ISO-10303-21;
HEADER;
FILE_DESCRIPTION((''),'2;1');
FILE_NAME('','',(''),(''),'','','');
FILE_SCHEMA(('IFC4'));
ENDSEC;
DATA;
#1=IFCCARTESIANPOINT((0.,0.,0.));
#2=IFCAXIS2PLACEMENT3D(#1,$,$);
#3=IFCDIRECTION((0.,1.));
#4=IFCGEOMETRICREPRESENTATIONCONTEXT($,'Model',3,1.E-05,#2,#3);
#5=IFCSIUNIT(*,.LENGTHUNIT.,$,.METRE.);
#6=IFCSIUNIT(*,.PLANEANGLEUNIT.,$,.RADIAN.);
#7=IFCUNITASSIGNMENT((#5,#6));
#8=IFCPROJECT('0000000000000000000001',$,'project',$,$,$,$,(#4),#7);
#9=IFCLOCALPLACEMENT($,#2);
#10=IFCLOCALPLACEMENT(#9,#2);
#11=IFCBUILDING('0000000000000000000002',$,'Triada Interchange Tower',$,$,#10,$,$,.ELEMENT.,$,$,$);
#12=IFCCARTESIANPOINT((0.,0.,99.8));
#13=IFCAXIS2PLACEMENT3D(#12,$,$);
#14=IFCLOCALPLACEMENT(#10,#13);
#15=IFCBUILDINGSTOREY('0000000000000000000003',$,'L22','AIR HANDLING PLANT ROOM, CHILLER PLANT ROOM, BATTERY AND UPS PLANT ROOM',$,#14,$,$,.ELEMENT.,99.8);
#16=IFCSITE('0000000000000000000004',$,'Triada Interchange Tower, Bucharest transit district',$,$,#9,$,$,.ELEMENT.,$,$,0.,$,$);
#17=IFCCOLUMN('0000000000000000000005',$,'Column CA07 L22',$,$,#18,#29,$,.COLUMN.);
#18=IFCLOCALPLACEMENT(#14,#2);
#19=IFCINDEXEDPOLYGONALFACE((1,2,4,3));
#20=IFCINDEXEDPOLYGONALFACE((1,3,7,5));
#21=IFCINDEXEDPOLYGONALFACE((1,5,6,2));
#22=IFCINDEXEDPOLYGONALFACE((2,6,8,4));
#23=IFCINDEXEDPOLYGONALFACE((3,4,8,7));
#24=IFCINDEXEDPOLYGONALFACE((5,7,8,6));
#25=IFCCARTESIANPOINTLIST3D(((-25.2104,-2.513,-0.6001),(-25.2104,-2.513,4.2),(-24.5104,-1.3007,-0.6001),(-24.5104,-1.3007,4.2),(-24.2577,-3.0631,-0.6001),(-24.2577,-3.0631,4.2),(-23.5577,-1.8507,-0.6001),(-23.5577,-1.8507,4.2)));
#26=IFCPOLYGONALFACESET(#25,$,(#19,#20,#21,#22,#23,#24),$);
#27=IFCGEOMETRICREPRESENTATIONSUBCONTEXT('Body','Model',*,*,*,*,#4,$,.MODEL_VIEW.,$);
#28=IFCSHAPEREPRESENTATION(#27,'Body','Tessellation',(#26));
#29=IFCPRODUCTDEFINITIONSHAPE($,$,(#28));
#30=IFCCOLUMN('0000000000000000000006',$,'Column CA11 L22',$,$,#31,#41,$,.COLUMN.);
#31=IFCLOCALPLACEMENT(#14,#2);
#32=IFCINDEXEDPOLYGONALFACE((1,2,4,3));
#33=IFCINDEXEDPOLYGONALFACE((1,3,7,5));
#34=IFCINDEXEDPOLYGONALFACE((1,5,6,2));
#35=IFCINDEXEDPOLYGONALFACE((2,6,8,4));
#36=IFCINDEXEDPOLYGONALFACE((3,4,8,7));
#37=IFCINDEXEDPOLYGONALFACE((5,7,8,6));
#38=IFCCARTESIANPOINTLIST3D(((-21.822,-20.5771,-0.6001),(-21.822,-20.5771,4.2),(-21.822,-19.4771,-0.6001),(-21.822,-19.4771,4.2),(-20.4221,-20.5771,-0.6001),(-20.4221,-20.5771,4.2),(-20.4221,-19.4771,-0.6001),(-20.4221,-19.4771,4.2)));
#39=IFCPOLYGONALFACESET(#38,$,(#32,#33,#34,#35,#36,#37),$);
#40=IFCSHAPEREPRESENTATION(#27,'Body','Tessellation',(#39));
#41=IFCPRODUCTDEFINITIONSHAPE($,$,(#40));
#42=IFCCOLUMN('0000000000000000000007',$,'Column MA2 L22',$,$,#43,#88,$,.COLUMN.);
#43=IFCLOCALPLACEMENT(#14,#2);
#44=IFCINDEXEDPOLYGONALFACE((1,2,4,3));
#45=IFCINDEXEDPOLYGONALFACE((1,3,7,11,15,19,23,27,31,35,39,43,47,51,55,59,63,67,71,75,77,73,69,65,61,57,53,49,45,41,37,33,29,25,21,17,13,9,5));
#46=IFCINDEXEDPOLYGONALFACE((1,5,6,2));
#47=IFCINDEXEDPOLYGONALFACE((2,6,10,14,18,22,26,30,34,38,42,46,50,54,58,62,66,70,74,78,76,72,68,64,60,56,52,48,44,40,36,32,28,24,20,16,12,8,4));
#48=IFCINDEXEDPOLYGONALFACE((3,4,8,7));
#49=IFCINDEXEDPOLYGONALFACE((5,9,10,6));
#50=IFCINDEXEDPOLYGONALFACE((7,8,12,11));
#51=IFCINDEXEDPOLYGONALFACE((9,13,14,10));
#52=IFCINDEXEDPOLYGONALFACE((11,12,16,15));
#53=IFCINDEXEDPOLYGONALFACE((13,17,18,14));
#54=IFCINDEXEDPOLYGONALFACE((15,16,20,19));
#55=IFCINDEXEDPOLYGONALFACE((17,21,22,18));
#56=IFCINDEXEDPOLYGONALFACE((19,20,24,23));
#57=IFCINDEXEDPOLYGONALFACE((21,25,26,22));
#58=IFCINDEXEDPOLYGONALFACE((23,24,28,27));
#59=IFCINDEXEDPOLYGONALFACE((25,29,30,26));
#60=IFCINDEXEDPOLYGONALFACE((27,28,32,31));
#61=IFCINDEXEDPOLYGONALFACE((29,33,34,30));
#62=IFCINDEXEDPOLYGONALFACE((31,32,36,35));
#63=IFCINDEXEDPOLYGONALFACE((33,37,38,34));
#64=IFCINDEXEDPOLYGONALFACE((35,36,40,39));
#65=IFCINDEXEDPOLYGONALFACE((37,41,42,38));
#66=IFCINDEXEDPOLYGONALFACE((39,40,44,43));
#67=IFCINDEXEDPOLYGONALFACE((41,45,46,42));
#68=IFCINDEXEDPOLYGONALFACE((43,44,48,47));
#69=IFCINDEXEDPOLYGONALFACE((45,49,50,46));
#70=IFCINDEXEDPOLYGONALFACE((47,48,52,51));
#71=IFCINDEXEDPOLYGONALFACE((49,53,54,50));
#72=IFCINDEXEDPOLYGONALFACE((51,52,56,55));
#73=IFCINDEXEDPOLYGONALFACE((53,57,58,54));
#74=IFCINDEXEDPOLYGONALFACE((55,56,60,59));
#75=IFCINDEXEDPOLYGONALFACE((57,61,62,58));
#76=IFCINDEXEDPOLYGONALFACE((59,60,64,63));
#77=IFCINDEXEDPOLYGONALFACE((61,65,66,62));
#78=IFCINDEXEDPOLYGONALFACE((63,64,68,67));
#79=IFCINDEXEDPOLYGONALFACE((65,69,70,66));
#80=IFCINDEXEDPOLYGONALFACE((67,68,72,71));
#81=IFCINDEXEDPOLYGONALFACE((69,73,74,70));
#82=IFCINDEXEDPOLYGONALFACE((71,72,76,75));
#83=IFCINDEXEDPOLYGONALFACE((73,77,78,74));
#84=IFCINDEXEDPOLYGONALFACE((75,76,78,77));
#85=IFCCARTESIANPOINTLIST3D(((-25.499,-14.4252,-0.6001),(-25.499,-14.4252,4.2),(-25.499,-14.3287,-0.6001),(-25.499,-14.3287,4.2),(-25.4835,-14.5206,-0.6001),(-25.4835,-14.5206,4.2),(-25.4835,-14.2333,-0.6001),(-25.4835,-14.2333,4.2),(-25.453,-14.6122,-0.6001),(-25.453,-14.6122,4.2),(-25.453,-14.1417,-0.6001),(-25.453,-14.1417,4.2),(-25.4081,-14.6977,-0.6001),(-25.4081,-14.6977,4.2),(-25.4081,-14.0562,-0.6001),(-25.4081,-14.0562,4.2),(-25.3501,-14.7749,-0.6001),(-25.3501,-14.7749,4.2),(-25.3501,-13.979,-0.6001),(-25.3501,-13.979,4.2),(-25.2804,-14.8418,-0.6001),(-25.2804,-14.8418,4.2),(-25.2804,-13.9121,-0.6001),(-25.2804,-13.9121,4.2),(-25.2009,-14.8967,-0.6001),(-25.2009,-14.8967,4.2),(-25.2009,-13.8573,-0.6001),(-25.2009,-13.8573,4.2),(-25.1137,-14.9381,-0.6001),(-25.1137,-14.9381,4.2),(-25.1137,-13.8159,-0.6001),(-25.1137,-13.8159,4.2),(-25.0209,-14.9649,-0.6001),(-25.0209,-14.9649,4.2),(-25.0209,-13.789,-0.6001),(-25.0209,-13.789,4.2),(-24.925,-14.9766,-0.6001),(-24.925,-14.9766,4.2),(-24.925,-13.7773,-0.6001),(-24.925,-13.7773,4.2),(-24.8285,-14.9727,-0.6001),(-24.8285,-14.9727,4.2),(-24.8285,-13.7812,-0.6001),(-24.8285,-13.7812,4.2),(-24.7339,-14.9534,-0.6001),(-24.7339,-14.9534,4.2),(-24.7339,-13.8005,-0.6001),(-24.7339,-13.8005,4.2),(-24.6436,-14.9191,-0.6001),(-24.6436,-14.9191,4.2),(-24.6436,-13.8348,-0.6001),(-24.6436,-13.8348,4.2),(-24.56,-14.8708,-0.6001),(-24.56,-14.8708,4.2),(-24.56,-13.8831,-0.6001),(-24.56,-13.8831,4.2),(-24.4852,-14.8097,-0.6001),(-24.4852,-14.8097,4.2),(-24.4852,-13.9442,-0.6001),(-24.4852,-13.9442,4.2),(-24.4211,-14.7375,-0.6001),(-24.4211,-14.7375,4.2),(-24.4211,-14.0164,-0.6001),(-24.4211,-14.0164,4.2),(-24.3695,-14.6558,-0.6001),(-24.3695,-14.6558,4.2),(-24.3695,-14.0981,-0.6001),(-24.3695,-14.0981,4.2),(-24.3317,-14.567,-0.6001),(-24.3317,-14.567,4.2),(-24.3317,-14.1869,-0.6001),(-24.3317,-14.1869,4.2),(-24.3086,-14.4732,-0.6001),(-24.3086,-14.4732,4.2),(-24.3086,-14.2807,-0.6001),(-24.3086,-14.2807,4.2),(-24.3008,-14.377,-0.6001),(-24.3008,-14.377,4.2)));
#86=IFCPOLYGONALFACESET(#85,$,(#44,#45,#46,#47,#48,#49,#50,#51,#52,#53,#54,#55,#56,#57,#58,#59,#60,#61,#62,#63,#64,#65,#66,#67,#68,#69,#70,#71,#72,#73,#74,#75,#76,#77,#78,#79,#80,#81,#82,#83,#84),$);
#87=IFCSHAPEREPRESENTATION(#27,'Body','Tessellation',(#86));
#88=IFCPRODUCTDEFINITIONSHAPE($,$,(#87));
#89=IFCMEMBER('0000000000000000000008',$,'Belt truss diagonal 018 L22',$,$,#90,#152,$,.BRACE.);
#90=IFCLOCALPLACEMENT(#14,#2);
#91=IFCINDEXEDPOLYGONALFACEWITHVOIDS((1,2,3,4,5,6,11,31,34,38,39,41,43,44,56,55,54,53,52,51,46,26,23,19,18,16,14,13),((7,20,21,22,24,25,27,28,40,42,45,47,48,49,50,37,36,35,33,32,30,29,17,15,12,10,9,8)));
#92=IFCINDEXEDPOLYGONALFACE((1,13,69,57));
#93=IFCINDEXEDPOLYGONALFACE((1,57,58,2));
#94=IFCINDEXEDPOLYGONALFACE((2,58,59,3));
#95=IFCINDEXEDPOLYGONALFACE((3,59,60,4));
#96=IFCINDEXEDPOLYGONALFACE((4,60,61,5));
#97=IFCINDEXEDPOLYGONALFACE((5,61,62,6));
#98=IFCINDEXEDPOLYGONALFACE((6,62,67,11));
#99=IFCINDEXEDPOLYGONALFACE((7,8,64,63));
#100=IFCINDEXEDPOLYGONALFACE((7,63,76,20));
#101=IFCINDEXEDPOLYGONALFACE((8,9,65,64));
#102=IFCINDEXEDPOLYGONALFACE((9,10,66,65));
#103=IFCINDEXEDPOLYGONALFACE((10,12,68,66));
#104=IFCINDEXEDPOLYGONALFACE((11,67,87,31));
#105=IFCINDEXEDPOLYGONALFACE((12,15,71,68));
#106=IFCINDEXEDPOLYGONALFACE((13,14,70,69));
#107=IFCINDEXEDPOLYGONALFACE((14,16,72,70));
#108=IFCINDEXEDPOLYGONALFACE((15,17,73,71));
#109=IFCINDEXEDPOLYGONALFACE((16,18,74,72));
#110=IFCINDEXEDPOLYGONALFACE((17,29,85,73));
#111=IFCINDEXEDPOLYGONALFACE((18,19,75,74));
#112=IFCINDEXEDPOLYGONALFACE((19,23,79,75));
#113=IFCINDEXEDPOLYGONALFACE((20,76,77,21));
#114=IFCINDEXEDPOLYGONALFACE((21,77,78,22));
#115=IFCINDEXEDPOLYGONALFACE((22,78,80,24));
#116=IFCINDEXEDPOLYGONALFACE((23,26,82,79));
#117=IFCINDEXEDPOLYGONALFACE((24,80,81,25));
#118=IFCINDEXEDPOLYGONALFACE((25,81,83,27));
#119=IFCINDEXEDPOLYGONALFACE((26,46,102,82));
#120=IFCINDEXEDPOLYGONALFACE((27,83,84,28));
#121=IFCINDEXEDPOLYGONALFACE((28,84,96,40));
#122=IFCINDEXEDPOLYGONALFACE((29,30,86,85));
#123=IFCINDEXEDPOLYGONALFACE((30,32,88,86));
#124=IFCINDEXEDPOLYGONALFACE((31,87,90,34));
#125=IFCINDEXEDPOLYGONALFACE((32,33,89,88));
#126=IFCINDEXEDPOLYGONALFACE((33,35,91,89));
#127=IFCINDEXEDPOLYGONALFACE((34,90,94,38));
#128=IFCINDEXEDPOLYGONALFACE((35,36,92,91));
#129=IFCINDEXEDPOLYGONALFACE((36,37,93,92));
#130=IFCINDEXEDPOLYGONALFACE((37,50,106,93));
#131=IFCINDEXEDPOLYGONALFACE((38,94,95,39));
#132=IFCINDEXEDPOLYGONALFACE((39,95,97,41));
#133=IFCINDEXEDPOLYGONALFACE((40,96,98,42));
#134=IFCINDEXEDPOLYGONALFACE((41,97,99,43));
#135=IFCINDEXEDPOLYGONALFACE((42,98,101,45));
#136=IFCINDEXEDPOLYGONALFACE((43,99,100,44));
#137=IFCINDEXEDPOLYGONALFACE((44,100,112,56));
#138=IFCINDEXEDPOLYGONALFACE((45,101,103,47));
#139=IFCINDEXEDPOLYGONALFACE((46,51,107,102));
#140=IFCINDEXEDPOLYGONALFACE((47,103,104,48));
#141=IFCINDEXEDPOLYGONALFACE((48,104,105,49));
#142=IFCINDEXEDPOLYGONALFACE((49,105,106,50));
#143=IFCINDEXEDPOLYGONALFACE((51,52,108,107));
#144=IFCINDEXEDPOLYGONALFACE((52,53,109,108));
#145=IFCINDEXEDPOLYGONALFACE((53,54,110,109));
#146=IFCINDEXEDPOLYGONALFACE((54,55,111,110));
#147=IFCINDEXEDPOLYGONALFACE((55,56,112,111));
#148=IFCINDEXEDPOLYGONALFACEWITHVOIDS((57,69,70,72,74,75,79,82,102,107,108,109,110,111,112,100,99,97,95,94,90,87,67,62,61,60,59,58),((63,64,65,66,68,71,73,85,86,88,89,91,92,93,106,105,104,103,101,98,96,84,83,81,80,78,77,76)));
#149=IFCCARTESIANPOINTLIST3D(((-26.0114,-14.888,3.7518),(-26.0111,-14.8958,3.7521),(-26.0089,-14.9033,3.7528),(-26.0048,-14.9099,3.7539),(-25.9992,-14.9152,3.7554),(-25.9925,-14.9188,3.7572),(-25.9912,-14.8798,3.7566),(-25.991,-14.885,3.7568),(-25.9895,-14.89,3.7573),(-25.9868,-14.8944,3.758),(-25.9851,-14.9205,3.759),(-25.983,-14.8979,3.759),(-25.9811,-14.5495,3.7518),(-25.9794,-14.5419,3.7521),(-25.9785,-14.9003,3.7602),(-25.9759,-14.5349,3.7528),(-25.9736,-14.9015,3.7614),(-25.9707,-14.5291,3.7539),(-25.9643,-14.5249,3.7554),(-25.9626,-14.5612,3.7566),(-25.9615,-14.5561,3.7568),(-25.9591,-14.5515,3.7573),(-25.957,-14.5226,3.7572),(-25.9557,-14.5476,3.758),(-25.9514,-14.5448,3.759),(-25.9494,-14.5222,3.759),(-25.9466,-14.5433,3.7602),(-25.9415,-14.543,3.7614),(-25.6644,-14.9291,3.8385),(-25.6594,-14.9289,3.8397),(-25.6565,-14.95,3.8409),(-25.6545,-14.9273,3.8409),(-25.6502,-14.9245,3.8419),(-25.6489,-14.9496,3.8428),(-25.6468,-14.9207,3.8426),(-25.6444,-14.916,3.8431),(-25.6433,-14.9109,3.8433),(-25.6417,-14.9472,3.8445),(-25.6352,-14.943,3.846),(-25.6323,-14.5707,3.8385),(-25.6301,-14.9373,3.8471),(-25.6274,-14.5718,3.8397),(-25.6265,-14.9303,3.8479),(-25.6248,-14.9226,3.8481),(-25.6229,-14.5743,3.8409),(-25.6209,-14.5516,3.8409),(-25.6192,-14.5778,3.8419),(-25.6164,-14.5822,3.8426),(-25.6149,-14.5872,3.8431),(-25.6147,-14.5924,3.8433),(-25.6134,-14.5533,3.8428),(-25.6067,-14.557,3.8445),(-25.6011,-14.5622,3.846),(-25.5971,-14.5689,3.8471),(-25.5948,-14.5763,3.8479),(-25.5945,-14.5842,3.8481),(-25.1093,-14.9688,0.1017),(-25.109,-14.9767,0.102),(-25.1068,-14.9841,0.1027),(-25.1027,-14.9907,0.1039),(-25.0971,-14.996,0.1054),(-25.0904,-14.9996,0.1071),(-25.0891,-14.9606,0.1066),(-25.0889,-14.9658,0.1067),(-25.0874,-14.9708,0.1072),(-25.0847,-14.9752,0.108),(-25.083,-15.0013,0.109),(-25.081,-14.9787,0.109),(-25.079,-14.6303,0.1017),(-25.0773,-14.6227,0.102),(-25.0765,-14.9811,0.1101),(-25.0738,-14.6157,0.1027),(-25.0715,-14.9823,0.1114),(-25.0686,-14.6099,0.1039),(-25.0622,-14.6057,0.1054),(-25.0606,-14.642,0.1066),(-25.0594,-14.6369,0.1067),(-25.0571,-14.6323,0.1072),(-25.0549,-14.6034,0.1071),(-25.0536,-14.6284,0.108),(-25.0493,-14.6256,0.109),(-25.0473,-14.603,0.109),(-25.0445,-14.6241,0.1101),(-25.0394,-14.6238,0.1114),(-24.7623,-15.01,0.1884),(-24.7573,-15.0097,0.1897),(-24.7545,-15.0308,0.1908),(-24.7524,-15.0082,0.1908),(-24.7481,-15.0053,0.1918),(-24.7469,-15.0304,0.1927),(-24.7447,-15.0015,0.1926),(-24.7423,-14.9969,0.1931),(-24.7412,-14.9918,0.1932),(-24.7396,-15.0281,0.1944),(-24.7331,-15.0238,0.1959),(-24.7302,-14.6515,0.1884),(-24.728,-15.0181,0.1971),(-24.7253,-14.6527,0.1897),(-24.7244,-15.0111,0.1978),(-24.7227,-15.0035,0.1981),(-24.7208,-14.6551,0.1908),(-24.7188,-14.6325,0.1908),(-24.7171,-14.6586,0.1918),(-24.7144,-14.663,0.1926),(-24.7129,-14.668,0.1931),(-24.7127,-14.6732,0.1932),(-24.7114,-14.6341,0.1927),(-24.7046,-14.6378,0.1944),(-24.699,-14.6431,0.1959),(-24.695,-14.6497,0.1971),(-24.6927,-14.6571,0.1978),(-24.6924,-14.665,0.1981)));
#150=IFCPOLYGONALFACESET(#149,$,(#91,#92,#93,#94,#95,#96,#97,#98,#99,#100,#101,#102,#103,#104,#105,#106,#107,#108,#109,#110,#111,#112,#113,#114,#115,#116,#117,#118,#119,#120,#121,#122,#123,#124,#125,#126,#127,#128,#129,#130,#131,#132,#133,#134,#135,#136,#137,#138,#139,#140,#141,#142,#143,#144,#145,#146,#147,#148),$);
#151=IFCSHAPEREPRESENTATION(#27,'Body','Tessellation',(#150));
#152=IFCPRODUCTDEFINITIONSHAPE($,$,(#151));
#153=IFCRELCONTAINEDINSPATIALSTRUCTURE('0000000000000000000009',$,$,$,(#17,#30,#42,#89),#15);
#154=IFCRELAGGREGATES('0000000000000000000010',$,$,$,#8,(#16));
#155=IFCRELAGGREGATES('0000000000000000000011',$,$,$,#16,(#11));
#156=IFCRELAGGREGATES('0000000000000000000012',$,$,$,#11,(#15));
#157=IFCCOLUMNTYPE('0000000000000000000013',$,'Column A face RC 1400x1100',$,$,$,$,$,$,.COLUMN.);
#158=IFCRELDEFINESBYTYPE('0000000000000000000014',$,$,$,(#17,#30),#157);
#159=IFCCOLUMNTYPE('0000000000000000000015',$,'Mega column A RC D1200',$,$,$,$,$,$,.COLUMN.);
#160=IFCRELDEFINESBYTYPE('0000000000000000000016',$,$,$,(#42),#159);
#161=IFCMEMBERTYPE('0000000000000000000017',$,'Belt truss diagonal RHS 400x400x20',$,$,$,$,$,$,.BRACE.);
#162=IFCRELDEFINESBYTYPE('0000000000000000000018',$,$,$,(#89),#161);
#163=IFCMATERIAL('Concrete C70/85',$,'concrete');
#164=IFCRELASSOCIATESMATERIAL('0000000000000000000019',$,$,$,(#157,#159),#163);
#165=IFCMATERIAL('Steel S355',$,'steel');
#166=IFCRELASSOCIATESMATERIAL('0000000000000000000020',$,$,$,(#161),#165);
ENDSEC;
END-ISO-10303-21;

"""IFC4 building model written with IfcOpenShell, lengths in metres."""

from ifc_helpers import new_model, si_unit, direction, frame, origin, origin_2d, place, context, subcontext, project, spatial, rectangle, hollow_rectangle, circle, extrude, material, material_profile, profile_set, type_object, element, save


model = new_model("IFC4")

# Units and contexts
model_context = context("Model", 3, precision=1e-05, world=origin(), true_north=direction((0.0, 1.0)))
body_context = subcontext(model_context, "Body", "Model", "MODEL_VIEW")
ifc_project = project(units=[si_unit("LENGTHUNIT", "METRE"), si_unit("PLANEANGLEUNIT", "RADIAN")], contexts=[model_context])

# Site, building, storey
site_placement = place(None, origin())
site = spatial("IfcSite", under=ifc_project, at=site_placement, Name="Triada Interchange Tower, Bucharest transit district", CompositionType="ELEMENT", RefElevation=0.0)
building_placement = place(site_placement, origin())
building = spatial("IfcBuilding", under=site, at=building_placement, Name="Triada Interchange Tower", CompositionType="ELEMENT")
storey_placement = place(building_placement, frame((0.0, 0.0, 99.8)))
storey = spatial("IfcBuildingStorey", under=building, at=storey_placement, Name="L22", Description="AIR HANDLING PLANT ROOM, CHILLER PLANT ROOM, BATTERY AND UPS PLANT ROOM", CompositionType="ELEMENT", Elevation=99.8)

# Columns
ifc_material_1 = material(Name="Concrete C70/85", Category="concrete")
ifc_material_profile_1 = material_profile(ifc_material_1, rectangle(XDim=1.3999, YDim=1.1001, at=origin_2d()), Name="RC 1400x1100")
ifc_profile_set_1 = profile_set([ifc_material_profile_1], Name="Concrete C70/85")
column_type_1 = type_object("IfcColumnType", Name="Column A face RC 1400x1100", PredefinedType="COLUMN", material=ifc_profile_set_1)
for number, where, z_axis, x_axis, name in (
    (1, (-24.384, -2.1819, -0.6001), (0.0, 0.0, 1.0), (0.5, 0.866025, 0.0), "Column CA07 L22"),
    (2, (-21.1221, -20.0271, -0.6001), (0.0, 0.0, 1.0), (1.0, 0.0, 0.0), "Column CA11 L22"),
):
    element("IfcColumn", number, at=place(storey_placement, frame(where, z_axis=z_axis, x_axis=x_axis)), inside=storey, type_object=column_type_1, Name=name, PredefinedType="COLUMN", context=body_context, shape_type="SweptSolid", body=[
        extrude(rectangle(XDim=1.3999, YDim=1.1001, at=origin_2d()), origin(), (0.0, 0.0, 1.0), 4.8),
    ])
ifc_material_profile_2 = material_profile(ifc_material_1, circle(Radius=0.6001, at=origin_2d()), Name="RC D1200")
ifc_profile_set_2 = profile_set([ifc_material_profile_2], Name="Concrete C70/85")
column_type_2 = type_object("IfcColumnType", Name="Mega column A RC D1200", PredefinedType="COLUMN", material=ifc_profile_set_2)
column_placement = place(storey_placement, frame((-24.9009, -14.377, -0.6001), z_axis=(0.0, 0.0, 1.0), x_axis=(1.0, 0.0, 0.0)))
element("IfcColumn", 3, at=column_placement, inside=storey, type_object=column_type_2, Name="Column MA2 L22", PredefinedType="COLUMN", context=body_context, shape_type="SweptSolid", body=[
    extrude(circle(Radius=0.6001, at=origin_2d()), origin(), (0.0, 0.0, 1.0), 4.8),
])

# Member
ifc_material_2 = material(Name="Steel S355", Category="steel")
ifc_material_profile_3 = material_profile(ifc_material_2, hollow_rectangle(XDim=0.3999, YDim=0.3999, WallThickness=0.02, InnerFilletRadius=0.02, OuterFilletRadius=0.03, at=origin_2d()), Name="RHS 400x400x20")
ifc_profile_set_3 = profile_set([ifc_material_profile_3], Name="Steel S355")
member_type_1 = type_object("IfcMemberType", Name="Belt truss diagonal RHS 400x400x20", PredefinedType="BRACE", material=ifc_profile_set_3)
for number, where, z_axis, x_axis, name in (
    (4, (-24.9009, -14.8169, 0.1499), (-0.239867, 0.021487, 0.970568), (-0.089223, -0.996012, 0.0), "Belt truss diagonal 018 L22"),
):
    element("IfcMember", number, at=place(storey_placement, frame(where, z_axis=z_axis, x_axis=x_axis)), inside=storey, type_object=member_type_1, Name=name, PredefinedType="BRACE", context=body_context, shape_type="SweptSolid", body=[
        extrude(hollow_rectangle(XDim=0.3999, YDim=0.3999, WallThickness=0.02, InnerFilletRadius=0.02, OuterFilletRadius=0.03, at=origin_2d()), origin(), (0.0, 0.0, 1.0), 3.7607),
    ])

save(model, "model.ifc")
